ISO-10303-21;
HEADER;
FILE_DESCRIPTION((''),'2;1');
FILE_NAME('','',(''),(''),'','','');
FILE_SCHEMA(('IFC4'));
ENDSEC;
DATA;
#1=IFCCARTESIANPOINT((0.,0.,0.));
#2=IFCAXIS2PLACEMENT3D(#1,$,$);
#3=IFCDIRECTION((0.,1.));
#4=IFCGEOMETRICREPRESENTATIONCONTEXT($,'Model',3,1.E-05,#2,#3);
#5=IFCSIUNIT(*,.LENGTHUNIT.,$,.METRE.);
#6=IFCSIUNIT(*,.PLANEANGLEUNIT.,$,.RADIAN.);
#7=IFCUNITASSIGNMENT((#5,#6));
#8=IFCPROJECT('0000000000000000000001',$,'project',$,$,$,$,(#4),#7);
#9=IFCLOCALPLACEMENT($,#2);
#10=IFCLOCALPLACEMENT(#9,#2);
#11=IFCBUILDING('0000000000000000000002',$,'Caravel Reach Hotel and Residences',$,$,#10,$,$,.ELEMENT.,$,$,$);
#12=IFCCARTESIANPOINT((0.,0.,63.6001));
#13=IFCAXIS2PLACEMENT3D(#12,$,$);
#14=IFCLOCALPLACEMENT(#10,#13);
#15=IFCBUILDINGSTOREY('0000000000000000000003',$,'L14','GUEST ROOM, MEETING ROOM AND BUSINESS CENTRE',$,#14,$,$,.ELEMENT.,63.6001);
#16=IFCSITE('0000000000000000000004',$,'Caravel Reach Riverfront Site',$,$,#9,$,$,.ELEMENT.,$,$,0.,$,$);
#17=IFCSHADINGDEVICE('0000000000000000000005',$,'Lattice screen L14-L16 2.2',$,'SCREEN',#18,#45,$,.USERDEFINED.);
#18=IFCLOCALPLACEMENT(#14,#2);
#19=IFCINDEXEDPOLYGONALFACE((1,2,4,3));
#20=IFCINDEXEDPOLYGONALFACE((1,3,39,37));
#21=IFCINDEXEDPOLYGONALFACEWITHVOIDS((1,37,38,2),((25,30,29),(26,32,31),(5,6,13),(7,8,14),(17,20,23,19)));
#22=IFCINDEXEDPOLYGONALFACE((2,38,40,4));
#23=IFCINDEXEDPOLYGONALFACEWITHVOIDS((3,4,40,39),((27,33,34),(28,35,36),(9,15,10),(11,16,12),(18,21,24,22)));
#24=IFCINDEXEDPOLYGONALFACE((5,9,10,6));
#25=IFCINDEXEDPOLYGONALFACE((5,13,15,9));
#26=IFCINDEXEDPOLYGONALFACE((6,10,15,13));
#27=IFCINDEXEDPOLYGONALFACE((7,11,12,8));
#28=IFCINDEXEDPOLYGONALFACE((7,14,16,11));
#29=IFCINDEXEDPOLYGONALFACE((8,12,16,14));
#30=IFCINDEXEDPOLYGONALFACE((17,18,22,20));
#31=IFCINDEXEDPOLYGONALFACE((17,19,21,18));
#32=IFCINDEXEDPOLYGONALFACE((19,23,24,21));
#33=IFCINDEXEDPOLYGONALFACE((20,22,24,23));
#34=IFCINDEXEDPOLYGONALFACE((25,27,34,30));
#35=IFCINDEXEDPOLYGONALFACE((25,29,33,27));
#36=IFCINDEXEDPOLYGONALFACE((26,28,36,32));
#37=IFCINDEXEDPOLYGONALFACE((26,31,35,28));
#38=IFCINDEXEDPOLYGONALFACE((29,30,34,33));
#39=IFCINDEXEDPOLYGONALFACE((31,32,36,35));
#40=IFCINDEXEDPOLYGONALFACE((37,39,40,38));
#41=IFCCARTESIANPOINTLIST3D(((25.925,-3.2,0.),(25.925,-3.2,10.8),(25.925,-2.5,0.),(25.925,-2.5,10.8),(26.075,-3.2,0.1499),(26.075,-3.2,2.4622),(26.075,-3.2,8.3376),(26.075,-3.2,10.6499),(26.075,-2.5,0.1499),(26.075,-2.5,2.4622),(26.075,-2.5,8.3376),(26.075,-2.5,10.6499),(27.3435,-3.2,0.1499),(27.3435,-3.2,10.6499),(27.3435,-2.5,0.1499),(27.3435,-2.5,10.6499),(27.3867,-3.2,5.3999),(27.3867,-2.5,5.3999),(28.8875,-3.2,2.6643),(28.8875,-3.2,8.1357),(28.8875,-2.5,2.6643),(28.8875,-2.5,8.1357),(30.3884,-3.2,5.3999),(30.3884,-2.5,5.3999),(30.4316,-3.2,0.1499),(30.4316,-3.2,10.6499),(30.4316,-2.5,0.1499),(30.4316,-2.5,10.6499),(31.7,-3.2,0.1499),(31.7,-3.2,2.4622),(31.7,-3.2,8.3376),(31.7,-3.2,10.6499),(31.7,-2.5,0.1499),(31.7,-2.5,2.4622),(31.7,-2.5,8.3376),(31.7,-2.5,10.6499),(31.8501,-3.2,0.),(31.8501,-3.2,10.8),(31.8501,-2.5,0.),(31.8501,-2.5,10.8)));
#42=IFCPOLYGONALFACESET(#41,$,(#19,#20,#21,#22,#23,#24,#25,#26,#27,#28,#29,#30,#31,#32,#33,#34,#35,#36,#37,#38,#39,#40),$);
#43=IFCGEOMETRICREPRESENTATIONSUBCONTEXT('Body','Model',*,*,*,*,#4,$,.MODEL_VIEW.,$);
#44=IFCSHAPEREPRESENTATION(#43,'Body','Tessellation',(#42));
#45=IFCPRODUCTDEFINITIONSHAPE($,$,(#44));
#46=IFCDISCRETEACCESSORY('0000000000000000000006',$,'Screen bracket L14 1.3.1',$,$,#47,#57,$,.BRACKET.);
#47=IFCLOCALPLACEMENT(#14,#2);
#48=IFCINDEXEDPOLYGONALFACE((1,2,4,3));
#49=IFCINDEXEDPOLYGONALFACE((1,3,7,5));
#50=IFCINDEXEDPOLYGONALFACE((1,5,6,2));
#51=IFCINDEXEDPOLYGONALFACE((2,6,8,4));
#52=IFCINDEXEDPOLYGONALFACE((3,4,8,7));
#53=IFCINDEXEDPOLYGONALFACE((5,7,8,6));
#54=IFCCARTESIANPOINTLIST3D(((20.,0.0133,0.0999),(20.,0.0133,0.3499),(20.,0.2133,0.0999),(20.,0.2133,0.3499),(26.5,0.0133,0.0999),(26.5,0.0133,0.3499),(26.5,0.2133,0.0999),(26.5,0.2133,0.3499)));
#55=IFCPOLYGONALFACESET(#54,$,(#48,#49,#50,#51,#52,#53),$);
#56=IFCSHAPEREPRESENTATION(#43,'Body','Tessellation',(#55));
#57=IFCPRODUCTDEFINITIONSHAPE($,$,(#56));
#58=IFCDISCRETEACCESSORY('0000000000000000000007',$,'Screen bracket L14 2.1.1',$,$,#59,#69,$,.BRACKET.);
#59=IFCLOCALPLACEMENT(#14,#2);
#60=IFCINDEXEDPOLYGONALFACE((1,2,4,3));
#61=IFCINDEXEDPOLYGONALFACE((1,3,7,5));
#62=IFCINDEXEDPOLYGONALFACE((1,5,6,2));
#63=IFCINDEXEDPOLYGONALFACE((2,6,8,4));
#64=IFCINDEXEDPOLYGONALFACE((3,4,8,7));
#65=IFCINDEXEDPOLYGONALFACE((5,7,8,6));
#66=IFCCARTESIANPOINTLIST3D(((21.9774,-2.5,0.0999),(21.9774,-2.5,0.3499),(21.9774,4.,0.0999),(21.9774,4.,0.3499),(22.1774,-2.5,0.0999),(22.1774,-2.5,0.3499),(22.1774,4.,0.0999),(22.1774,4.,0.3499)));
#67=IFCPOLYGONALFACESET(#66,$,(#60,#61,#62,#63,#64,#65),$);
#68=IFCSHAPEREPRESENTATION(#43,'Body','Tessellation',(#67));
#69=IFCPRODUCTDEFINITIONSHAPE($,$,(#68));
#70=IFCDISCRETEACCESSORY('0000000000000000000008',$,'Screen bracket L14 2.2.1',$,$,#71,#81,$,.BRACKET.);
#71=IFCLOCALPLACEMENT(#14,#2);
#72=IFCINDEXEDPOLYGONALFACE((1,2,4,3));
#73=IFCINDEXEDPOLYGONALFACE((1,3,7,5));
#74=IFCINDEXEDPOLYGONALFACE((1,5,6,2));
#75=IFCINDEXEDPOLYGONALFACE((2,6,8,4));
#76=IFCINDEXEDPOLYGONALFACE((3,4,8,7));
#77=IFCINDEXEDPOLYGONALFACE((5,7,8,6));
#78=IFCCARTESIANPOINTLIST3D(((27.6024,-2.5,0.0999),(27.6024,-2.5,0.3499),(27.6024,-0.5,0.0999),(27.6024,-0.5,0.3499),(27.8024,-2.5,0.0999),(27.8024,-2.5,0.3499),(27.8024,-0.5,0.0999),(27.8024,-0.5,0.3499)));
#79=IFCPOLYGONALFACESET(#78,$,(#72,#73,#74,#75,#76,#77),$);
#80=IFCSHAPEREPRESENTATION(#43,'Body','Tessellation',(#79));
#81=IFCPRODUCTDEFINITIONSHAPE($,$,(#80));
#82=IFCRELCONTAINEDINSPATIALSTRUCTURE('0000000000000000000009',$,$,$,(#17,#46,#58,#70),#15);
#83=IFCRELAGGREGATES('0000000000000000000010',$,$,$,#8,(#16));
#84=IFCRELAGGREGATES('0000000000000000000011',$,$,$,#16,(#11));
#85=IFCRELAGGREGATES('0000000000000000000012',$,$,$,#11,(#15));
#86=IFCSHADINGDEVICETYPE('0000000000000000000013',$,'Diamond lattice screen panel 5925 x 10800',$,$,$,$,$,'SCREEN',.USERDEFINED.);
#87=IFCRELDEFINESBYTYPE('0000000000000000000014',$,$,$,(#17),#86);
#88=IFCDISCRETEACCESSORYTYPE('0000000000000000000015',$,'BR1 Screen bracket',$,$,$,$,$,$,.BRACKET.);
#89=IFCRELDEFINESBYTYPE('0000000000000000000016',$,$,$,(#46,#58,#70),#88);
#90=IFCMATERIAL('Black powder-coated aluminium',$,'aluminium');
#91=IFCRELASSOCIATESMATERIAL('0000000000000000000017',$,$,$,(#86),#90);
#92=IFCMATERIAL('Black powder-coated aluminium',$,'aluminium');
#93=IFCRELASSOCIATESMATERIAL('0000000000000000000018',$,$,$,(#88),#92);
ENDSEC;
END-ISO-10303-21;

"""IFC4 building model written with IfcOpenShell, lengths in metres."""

from ifc_helpers import new_model, si_unit, direction, frame, origin, origin_2d, place, context, subcontext, project, spatial, polyline, rectangle, outline, extrude, material, type_object, element, save


model = new_model("IFC4")

# Units and contexts
model_context = context("Model", 3, precision=1e-05, world=origin(), true_north=direction((0.0, 1.0)))
body_context = subcontext(model_context, "Body", "Model", "MODEL_VIEW")
ifc_project = project(units=[si_unit("LENGTHUNIT", "METRE"), si_unit("PLANEANGLEUNIT", "RADIAN")], contexts=[model_context])

# Site, building, storey
site_placement = place(None, origin())
site = spatial("IfcSite", under=ifc_project, at=site_placement, Name="Caravel Reach Riverfront Site", CompositionType="ELEMENT", RefElevation=0.0)
building_placement = place(site_placement, origin())
building = spatial("IfcBuilding", under=site, at=building_placement, Name="Caravel Reach Hotel and Residences", CompositionType="ELEMENT")
storey_placement = place(building_placement, frame((0.0, 0.0, 63.6001)))
storey = spatial("IfcBuildingStorey", under=building, at=storey_placement, Name="L14", Description="GUEST ROOM, MEETING ROOM AND BUSINESS CENTRE", CompositionType="ELEMENT", Elevation=63.6001)

# Shading device
ifc_material_1 = material(Name="Black powder-coated aluminium", Category="aluminium")
shading_device_type_1 = type_object("IfcShadingDeviceType", Name="Diamond lattice screen panel 5925 x 10800", ElementType="SCREEN", PredefinedType="USERDEFINED", material=ifc_material_1)
for number, where, z_axis, x_axis, name in (
    (1, (25.925, -2.5, 0.0), (0.0, -1.0, 0.0), (1.0, 0.0, 0.0), "Lattice screen L14-L16 2.2"),
):
    element("IfcShadingDevice", number, at=place(storey_placement, frame(where, z_axis=z_axis, x_axis=x_axis)), inside=storey, type_object=shading_device_type_1, Name=name, ObjectType="SCREEN", PredefinedType="USERDEFINED", context=body_context, shape_type="SweptSolid", body=[
        extrude(outline(polyline([(0.0, 0.0), (5.925, 0.0), (5.925, 10.8), (0.0, 10.8), (0.0, 0.0)]), holes=[polyline([(1.4185, 0.1499), (0.1499, 2.4622), (0.1499, 0.1499), (1.4185, 0.1499)]), polyline([(0.1499, 8.3376), (1.4185, 10.6499), (0.1499, 10.6499), (0.1499, 8.3376)]), polyline([(2.9624, 8.1357), (1.4617, 5.3999), (2.9624, 2.6643), (4.4634, 5.3999), (2.9624, 8.1357)]), polyline([(5.7749, 2.4622), (4.5066, 0.1499), (5.7749, 0.1499), (5.7749, 2.4622)]), polyline([(4.5066, 10.6499), (5.7749, 8.3376), (5.7749, 10.6499), (4.5066, 10.6499)])]), origin(), (0.0, 0.0, 1.0), 0.7),
    ])

# Discrete accessories
ifc_material_2 = material(Name="Black powder-coated aluminium", Category="aluminium")
discrete_accessory_type = type_object("IfcDiscreteAccessoryType", Name="BR1 Screen bracket", PredefinedType="BRACKET", material=ifc_material_2)
for number, where, z_axis, x_axis, name in (
    (2, (23.25, 0.1133, 0.0999), (0.0, 0.0, 1.0), (-1.0, 0.0, 0.0), "Screen bracket L14 1.3.1"),
    (3, (22.0774, 0.75, 0.0999), (0.0, 0.0, 1.0), (0.0, -1.0, 0.0), "Screen bracket L14 2.1.1"),
):
    element("IfcDiscreteAccessory", number, at=place(storey_placement, frame(where, z_axis=z_axis, x_axis=x_axis)), inside=storey, type_object=discrete_accessory_type, Name=name, PredefinedType="BRACKET", context=body_context, shape_type="SweptSolid", body=[
        extrude(rectangle(XDim=6.5, YDim=0.2, at=origin_2d()), origin(), (0.0, 0.0, 1.0), 0.25),
    ])
discrete_accessory_placement = place(storey_placement, frame((27.7024, -1.5, 0.0999), z_axis=(0.0, 0.0, 1.0), x_axis=(0.0, -1.0, 0.0)))
element("IfcDiscreteAccessory", 4, at=discrete_accessory_placement, inside=storey, type_object=discrete_accessory_type, Name="Screen bracket L14 2.2.1", PredefinedType="BRACKET", context=body_context, shape_type="SweptSolid", body=[
    extrude(rectangle(XDim=2.0, YDim=0.2, at=origin_2d()), origin(), (0.0, 0.0, 1.0), 0.25),
])

save(model, "model.ifc")
